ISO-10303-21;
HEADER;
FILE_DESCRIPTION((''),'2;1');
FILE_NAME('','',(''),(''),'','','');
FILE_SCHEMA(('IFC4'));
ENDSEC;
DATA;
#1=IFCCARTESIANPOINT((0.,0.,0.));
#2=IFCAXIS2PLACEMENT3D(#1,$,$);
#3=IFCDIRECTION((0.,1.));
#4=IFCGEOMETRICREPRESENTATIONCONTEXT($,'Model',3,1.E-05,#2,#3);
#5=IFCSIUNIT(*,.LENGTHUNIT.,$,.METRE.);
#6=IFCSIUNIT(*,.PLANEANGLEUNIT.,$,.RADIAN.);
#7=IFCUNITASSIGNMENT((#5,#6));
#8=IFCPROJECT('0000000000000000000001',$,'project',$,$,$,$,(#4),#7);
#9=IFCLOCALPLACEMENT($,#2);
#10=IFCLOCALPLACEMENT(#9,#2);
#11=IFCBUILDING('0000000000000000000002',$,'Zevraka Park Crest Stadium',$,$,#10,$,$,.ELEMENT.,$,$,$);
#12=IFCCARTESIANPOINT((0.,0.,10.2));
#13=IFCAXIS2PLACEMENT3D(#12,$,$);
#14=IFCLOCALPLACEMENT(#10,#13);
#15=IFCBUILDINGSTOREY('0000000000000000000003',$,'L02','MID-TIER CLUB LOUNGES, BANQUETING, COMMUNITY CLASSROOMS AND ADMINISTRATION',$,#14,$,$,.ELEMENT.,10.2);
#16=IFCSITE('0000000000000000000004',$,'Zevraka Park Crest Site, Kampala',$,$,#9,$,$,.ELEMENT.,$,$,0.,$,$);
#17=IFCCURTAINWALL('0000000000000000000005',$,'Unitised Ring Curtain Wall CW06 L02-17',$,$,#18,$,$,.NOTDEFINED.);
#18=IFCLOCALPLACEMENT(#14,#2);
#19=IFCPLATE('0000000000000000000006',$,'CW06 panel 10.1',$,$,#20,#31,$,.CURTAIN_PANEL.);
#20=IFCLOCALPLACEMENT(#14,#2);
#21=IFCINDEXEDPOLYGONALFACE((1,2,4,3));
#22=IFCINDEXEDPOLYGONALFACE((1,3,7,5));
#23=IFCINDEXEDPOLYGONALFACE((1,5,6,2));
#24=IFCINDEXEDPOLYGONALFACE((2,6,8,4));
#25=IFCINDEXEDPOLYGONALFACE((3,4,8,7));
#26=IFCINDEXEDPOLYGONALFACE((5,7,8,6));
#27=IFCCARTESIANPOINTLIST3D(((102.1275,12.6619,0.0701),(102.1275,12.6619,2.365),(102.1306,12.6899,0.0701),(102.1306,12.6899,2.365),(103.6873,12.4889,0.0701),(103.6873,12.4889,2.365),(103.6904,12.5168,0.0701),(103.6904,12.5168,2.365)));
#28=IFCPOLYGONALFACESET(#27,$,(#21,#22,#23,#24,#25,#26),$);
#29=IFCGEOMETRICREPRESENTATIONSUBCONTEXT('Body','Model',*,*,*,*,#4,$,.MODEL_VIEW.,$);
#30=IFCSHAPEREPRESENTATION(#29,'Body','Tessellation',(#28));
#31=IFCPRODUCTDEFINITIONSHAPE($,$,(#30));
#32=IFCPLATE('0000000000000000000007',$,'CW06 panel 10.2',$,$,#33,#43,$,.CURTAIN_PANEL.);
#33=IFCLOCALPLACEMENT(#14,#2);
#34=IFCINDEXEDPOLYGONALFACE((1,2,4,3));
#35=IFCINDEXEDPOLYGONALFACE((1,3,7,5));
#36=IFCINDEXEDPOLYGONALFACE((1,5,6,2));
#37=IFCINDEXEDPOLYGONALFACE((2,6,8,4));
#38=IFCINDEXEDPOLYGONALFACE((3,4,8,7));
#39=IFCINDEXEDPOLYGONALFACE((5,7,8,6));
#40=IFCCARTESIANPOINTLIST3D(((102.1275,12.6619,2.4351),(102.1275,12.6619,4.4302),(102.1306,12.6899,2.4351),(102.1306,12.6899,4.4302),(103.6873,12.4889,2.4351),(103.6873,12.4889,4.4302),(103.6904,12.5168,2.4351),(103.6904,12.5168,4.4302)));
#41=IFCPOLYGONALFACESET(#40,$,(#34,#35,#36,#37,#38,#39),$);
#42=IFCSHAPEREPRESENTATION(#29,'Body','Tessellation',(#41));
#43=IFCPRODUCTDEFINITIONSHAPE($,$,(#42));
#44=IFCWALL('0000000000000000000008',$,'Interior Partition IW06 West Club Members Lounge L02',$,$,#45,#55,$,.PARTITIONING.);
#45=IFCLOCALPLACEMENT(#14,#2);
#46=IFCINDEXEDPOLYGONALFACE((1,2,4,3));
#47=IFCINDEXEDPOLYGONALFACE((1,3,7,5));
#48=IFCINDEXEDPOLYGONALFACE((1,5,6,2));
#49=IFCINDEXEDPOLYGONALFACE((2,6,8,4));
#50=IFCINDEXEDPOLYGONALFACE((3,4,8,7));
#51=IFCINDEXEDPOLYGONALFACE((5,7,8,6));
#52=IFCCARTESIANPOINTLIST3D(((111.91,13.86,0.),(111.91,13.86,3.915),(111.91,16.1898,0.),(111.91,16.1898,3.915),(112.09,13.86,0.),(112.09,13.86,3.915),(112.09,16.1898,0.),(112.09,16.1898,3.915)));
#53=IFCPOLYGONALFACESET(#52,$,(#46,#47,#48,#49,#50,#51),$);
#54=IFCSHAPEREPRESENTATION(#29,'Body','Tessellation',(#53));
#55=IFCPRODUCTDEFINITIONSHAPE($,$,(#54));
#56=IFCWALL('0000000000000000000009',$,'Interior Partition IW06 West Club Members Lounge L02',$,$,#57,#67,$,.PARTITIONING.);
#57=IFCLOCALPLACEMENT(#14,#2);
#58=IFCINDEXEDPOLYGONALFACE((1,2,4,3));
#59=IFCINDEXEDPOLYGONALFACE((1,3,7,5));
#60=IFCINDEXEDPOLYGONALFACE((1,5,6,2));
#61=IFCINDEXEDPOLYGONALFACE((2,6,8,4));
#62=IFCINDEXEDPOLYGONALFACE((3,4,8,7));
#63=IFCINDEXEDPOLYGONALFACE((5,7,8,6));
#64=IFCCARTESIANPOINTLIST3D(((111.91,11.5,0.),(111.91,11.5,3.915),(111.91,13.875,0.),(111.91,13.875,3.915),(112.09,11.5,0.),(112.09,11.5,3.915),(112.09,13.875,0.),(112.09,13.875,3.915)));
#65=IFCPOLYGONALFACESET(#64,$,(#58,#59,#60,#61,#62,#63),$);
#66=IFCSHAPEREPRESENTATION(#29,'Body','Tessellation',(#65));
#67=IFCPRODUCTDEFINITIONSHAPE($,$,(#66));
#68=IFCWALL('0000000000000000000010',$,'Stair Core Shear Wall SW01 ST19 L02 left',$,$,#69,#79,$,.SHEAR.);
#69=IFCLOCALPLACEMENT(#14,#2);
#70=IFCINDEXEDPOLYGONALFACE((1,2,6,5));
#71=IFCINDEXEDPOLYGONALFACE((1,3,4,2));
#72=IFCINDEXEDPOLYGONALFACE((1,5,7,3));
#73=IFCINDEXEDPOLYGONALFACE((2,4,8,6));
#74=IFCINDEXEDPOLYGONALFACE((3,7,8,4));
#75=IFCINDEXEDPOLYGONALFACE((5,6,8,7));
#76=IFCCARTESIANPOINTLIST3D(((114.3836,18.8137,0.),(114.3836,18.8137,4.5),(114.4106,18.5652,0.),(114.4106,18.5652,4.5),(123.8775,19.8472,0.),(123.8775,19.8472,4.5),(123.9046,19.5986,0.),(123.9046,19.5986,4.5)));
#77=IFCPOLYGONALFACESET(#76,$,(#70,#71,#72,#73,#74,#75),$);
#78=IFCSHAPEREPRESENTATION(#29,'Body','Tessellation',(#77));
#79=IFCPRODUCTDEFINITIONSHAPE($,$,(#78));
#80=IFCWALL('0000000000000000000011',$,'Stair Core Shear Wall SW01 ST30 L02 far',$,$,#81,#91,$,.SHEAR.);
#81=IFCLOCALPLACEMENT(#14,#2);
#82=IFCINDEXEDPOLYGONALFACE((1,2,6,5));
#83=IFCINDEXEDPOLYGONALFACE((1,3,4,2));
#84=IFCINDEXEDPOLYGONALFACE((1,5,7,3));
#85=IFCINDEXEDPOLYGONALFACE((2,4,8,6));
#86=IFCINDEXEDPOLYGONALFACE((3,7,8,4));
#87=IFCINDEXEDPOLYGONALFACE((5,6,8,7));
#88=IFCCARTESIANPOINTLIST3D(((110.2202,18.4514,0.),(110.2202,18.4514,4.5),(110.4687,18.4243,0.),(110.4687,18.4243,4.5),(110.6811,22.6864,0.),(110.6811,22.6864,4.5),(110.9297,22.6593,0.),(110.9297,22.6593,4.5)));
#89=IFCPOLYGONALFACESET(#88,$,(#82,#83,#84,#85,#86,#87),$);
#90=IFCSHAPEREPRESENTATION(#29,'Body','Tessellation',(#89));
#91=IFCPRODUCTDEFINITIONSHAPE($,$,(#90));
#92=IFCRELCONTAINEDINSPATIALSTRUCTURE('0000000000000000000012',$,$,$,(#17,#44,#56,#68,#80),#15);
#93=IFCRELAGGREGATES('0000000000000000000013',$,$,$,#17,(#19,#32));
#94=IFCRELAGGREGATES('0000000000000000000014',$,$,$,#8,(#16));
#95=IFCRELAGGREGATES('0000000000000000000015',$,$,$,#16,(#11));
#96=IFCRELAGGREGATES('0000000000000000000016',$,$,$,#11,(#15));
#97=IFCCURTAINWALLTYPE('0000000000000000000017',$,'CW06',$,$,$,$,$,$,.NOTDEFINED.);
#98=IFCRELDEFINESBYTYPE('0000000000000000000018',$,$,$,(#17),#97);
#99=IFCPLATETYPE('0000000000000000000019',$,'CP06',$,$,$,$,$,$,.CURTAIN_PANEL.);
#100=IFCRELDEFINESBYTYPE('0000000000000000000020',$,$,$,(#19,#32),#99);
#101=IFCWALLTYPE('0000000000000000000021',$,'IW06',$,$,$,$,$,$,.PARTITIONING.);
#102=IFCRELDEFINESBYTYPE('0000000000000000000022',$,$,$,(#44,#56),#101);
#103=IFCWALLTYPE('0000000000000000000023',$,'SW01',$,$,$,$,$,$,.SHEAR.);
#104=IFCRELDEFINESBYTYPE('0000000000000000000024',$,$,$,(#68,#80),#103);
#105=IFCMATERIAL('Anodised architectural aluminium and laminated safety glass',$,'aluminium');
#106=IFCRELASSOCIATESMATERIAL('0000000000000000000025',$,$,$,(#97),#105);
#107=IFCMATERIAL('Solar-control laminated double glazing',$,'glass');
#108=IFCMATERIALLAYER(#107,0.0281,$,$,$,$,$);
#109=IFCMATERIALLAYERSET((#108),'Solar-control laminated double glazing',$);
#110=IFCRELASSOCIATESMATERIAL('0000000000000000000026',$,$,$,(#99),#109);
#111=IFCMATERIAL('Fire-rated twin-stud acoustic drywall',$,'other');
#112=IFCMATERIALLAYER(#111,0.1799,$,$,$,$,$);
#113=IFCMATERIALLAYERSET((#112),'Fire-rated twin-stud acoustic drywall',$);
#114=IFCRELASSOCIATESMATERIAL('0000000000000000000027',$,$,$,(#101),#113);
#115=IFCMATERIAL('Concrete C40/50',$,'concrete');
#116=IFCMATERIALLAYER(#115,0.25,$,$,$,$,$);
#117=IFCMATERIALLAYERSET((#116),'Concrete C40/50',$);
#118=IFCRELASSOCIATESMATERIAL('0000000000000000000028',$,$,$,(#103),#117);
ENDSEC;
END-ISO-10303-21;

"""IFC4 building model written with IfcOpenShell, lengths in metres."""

from ifc_helpers import new_model, si_unit, direction, frame, frame_2d, origin, origin_2d, place, context, subcontext, project, spatial, rectangle, extrude, material, layer, layer_set, type_object, element, aggregate, save


model = new_model("IFC4")

# Units and contexts
model_context = context("Model", 3, precision=1e-05, world=origin(), true_north=direction((0.0, 1.0)))
body_context = subcontext(model_context, "Body", "Model", "MODEL_VIEW")
ifc_project = project(units=[si_unit("LENGTHUNIT", "METRE"), si_unit("PLANEANGLEUNIT", "RADIAN")], contexts=[model_context])

# Site, building, storey
site_placement = place(None, origin())
site = spatial("IfcSite", under=ifc_project, at=site_placement, Name="Zevraka Park Crest Site, Kampala", CompositionType="ELEMENT", RefElevation=0.0)
building_placement = place(site_placement, origin())
building = spatial("IfcBuilding", under=site, at=building_placement, Name="Zevraka Park Crest Stadium", CompositionType="ELEMENT")
storey_placement = place(building_placement, frame((0.0, 0.0, 10.2)))
storey = spatial("IfcBuildingStorey", under=building, at=storey_placement, Name="L02", Description="MID-TIER CLUB LOUNGES, BANQUETING, COMMUNITY CLASSROOMS AND ADMINISTRATION", CompositionType="ELEMENT", Elevation=10.2)

# Curtain wall
ifc_material_1 = material(Name="Anodised architectural aluminium and laminated safety glass", Category="aluminium")
curtain_wall_type = type_object("IfcCurtainWallType", Name="CW06", PredefinedType="NOTDEFINED", material=ifc_material_1)
curtain_wall_1_placement = place(storey_placement, origin())
curtain_wall_1 = element("IfcCurtainWall", 1, at=curtain_wall_1_placement, inside=storey, type_object=curtain_wall_type, Name="Unitised Ring Curtain Wall CW06 L02-17", PredefinedType="NOTDEFINED")

# Plates
ifc_material_2 = material(Name="Solar-control laminated double glazing", Category="glass")
ifc_layer_1 = layer(ifc_material_2, 0.0281)
ifc_layer_set_1 = layer_set([ifc_layer_1], Name="Solar-control laminated double glazing")
plate_type = type_object("IfcPlateType", Name="CP06", PredefinedType="CURTAIN_PANEL", material=ifc_layer_set_1)
plate_1_placement = place(storey_placement, frame((102.9089, 12.5894, 0.0701), z_axis=(0.0, 0.0, 1.0), x_axis=(0.993899, -0.110293, 0.0)))
plate_1 = element("IfcPlate", 2, at=plate_1_placement, type_object=plate_type, Name="CW06 panel 10.1", PredefinedType="CURTAIN_PANEL", context=body_context, shape_type="SweptSolid", body=[
    extrude(rectangle(XDim=1.5693, YDim=0.0281, at=origin_2d()), origin(), (0.0, 0.0, 1.0), 2.2949),
])
plate_2_placement = place(storey_placement, frame((102.9089, 12.5894, 2.4351), z_axis=(0.0, 0.0, 1.0), x_axis=(0.993899, -0.110293, 0.0)))
plate_2 = element("IfcPlate", 3, at=plate_2_placement, type_object=plate_type, Name="CW06 panel 10.2", PredefinedType="CURTAIN_PANEL", context=body_context, shape_type="SweptSolid", body=[
    extrude(rectangle(XDim=1.5693, YDim=0.0281, at=origin_2d()), origin(), (0.0, 0.0, 1.0), 1.9951),
])
aggregate(curtain_wall_1, [plate_1, plate_2])

# Walls
ifc_material_3 = material(Name="Fire-rated twin-stud acoustic drywall", Category="other")
ifc_layer_2 = layer(ifc_material_3, 0.1799)
ifc_layer_set_2 = layer_set([ifc_layer_2], Name="Fire-rated twin-stud acoustic drywall")
wall_type_1 = type_object("IfcWallType", Name="IW06", PredefinedType="PARTITIONING", material=ifc_layer_set_2)
wall_1_placement = place(storey_placement, frame((112.0, 16.1899, 0.0), z_axis=(0.0, 0.0, 1.0), x_axis=(0.0, -1.0, 0.0)))
element("IfcWall", 4, at=wall_1_placement, inside=storey, type_object=wall_type_1, Name="Interior Partition IW06 West Club Members Lounge L02", PredefinedType="PARTITIONING", context=body_context, shape_type="SweptSolid", body=[
    extrude(rectangle(XDim=2.3298, YDim=0.1799, at=frame_2d((1.165, 0.0))), origin(), (0.0, 0.0, 1.0), 3.915),
])
wall_2_placement = place(storey_placement, frame((112.0, 13.875, 0.0), z_axis=(0.0, 0.0, 1.0), x_axis=(0.0, -1.0, 0.0)))
element("IfcWall", 5, at=wall_2_placement, inside=storey, type_object=wall_type_1, Name="Interior Partition IW06 West Club Members Lounge L02", PredefinedType="PARTITIONING", context=body_context, shape_type="SweptSolid", body=[
    extrude(rectangle(XDim=2.375, YDim=0.1799, at=frame_2d((1.1875, 0.0))), origin(), (0.0, 0.0, 1.0), 3.915),
])
ifc_material_4 = material(Name="Concrete C40/50", Category="concrete")
ifc_layer_3 = layer(ifc_material_4, 0.25)
ifc_layer_set_3 = layer_set([ifc_layer_3], Name="Concrete C40/50")
wall_type_2 = type_object("IfcWallType", Name="SW01", PredefinedType="SHEAR", material=ifc_layer_set_3)
wall_3_placement = place(storey_placement, frame((114.3972, 18.6895, 0.0), z_axis=(0.0, 0.0, 1.0), x_axis=(0.994128, 0.108215, 0.0)))
element("IfcWall", 6, at=wall_3_placement, inside=storey, type_object=wall_type_2, Name="Stair Core Shear Wall SW01 ST19 L02 left", PredefinedType="SHEAR", context=body_context, shape_type="SweptSolid", body=[
    extrude(rectangle(XDim=9.55, YDim=0.25, at=frame_2d((4.7749, 0.0))), origin(), (0.0, 0.0, 1.0), 4.5),
])
wall_4_placement = place(storey_placement, frame((110.3445, 18.438, 0.0), z_axis=(0.0, 0.0, 1.0), x_axis=(0.108198, 0.994129, 0.0)))
element("IfcWall", 7, at=wall_4_placement, inside=storey, type_object=wall_type_2, Name="Stair Core Shear Wall SW01 ST30 L02 far", PredefinedType="SHEAR", context=body_context, shape_type="SweptSolid", body=[
    extrude(rectangle(XDim=4.26, YDim=0.25, at=frame_2d((2.1299, 0.0))), origin(), (0.0, 0.0, 1.0), 4.5),
])

save(model, "model.ifc")
